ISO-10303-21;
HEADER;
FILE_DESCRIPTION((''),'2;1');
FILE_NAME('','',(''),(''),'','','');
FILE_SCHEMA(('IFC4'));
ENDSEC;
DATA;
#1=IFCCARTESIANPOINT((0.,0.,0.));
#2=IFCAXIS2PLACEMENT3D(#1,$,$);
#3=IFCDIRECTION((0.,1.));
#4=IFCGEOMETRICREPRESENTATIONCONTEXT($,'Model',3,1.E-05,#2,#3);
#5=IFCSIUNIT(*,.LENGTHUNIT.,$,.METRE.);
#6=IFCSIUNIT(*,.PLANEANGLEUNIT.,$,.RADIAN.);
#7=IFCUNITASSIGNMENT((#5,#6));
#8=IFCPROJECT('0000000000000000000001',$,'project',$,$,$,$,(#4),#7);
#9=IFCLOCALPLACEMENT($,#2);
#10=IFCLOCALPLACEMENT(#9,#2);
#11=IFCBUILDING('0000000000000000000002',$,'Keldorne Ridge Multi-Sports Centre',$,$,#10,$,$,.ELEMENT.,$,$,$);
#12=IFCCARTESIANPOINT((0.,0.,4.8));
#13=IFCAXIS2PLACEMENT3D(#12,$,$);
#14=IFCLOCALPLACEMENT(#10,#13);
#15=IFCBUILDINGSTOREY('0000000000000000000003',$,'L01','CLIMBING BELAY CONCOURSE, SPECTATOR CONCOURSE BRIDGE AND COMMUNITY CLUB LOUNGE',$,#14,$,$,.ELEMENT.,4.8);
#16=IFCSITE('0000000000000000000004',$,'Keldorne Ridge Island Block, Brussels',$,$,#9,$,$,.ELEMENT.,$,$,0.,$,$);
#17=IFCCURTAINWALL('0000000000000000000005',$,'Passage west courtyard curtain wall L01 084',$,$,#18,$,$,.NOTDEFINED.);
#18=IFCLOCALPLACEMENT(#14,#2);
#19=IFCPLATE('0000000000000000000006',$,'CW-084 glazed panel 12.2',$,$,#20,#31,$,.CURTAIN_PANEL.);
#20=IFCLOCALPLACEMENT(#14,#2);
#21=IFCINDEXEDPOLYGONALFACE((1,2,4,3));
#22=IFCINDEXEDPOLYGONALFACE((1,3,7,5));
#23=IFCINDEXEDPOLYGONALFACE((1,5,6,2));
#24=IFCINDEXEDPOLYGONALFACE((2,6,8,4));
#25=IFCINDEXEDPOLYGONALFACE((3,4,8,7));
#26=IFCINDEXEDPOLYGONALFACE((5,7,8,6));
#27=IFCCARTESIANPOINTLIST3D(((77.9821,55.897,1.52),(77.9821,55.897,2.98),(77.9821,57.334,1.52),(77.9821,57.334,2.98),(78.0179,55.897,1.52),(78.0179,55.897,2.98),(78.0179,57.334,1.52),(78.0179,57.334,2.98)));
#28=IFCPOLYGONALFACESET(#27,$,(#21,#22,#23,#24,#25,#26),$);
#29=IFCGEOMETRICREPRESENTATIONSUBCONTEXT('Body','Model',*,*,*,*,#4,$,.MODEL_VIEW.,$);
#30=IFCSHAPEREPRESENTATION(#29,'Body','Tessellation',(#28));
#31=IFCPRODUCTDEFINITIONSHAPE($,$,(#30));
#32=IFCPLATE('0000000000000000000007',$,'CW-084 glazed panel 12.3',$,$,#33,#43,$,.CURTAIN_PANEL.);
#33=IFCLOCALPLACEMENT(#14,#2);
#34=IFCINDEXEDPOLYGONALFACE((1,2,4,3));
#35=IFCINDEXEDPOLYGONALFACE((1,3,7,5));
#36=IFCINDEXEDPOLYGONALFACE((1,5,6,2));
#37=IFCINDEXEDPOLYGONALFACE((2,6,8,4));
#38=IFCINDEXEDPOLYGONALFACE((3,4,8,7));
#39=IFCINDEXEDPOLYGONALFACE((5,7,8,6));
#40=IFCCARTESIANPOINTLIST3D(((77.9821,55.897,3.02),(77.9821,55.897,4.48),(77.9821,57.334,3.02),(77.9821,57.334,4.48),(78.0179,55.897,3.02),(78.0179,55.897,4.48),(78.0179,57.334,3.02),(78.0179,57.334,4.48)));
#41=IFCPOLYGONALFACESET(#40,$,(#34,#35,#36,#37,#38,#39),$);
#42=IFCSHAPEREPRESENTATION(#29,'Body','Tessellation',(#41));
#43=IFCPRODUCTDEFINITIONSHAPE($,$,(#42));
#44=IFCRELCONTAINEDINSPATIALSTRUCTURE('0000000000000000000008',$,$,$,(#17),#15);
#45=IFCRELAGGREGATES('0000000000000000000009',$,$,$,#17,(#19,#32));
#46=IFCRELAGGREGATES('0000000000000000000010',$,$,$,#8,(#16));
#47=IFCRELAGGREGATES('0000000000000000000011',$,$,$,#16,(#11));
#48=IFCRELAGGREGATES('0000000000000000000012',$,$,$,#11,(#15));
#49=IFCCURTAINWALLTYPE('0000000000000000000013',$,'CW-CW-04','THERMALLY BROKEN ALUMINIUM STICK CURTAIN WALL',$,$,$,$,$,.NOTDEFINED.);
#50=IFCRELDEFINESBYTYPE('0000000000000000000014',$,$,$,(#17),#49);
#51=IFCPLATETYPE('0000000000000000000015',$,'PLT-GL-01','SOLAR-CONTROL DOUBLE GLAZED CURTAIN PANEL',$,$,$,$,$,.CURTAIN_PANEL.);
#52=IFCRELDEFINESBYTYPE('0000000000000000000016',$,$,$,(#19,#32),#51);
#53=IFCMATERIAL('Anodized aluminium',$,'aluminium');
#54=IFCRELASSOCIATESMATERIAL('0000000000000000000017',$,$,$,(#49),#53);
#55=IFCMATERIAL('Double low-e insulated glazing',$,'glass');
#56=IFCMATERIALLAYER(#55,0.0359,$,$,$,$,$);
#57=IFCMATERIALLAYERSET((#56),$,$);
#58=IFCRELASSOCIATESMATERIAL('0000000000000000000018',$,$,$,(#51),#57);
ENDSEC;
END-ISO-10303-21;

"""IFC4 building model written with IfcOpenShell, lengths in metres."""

from ifc_helpers import new_model, si_unit, direction, frame, origin, origin_2d, place, context, subcontext, project, spatial, rectangle, extrude, material, layer, layer_set, type_object, element, aggregate, save


model = new_model("IFC4")

# Units and contexts
model_context = context("Model", 3, precision=1e-05, world=origin(), true_north=direction((0.0, 1.0)))
body_context = subcontext(model_context, "Body", "Model", "MODEL_VIEW")
ifc_project = project(units=[si_unit("LENGTHUNIT", "METRE"), si_unit("PLANEANGLEUNIT", "RADIAN")], contexts=[model_context])

# Site, building, storey
site_placement = place(None, origin())
site = spatial("IfcSite", under=ifc_project, at=site_placement, Name="Keldorne Ridge Island Block, Brussels", CompositionType="ELEMENT", RefElevation=0.0)
building_placement = place(site_placement, origin())
building = spatial("IfcBuilding", under=site, at=building_placement, Name="Keldorne Ridge Multi-Sports Centre", CompositionType="ELEMENT")
storey_placement = place(building_placement, frame((0.0, 0.0, 4.8)))
storey = spatial("IfcBuildingStorey", under=building, at=storey_placement, Name="L01", Description="CLIMBING BELAY CONCOURSE, SPECTATOR CONCOURSE BRIDGE AND COMMUNITY CLUB LOUNGE", CompositionType="ELEMENT", Elevation=4.8)

# Curtain wall, plates
ifc_material_1 = material(Name="Anodized aluminium", Category="aluminium")
curtain_wall_type = type_object("IfcCurtainWallType", Name="CW-CW-04", Description="THERMALLY BROKEN ALUMINIUM STICK CURTAIN WALL", PredefinedType="NOTDEFINED", material=ifc_material_1)
curtain_wall_placement = place(storey_placement, origin())
curtain_wall = element("IfcCurtainWall", 1, at=curtain_wall_placement, inside=storey, type_object=curtain_wall_type, Name="Passage west courtyard curtain wall L01 084", PredefinedType="NOTDEFINED")
ifc_material_2 = material(Name="Double low-e insulated glazing", Category="glass")
ifc_layer = layer(ifc_material_2, 0.0359)
ifc_layer_set = layer_set([ifc_layer])
plate_type = type_object("IfcPlateType", Name="PLT-GL-01", Description="SOLAR-CONTROL DOUBLE GLAZED CURTAIN PANEL", PredefinedType="CURTAIN_PANEL", material=ifc_layer_set)
plate_1_placement = place(storey_placement, frame((78.0, 56.6155, 1.52), z_axis=(0.0, 0.0, 1.0), x_axis=(0.0, -1.0, 0.0)))
plate_1 = element("IfcPlate", 2, at=plate_1_placement, type_object=plate_type, Name="CW-084 glazed panel 12.2", PredefinedType="CURTAIN_PANEL", context=body_context, shape_type="SweptSolid", body=[
    extrude(rectangle(XDim=1.437, YDim=0.0359, at=origin_2d()), origin(), (0.0, 0.0, 1.0), 1.46),
])
plate_2_placement = place(storey_placement, frame((78.0, 56.6155, 3.02), z_axis=(0.0, 0.0, 1.0), x_axis=(0.0, -1.0, 0.0)))
plate_2 = element("IfcPlate", 3, at=plate_2_placement, type_object=plate_type, Name="CW-084 glazed panel 12.3", PredefinedType="CURTAIN_PANEL", context=body_context, shape_type="SweptSolid", body=[
    extrude(rectangle(XDim=1.437, YDim=0.0359, at=origin_2d()), origin(), (0.0, 0.0, 1.0), 1.46),
])
aggregate(curtain_wall, [plate_1, plate_2])

save(model, "model.ifc")
